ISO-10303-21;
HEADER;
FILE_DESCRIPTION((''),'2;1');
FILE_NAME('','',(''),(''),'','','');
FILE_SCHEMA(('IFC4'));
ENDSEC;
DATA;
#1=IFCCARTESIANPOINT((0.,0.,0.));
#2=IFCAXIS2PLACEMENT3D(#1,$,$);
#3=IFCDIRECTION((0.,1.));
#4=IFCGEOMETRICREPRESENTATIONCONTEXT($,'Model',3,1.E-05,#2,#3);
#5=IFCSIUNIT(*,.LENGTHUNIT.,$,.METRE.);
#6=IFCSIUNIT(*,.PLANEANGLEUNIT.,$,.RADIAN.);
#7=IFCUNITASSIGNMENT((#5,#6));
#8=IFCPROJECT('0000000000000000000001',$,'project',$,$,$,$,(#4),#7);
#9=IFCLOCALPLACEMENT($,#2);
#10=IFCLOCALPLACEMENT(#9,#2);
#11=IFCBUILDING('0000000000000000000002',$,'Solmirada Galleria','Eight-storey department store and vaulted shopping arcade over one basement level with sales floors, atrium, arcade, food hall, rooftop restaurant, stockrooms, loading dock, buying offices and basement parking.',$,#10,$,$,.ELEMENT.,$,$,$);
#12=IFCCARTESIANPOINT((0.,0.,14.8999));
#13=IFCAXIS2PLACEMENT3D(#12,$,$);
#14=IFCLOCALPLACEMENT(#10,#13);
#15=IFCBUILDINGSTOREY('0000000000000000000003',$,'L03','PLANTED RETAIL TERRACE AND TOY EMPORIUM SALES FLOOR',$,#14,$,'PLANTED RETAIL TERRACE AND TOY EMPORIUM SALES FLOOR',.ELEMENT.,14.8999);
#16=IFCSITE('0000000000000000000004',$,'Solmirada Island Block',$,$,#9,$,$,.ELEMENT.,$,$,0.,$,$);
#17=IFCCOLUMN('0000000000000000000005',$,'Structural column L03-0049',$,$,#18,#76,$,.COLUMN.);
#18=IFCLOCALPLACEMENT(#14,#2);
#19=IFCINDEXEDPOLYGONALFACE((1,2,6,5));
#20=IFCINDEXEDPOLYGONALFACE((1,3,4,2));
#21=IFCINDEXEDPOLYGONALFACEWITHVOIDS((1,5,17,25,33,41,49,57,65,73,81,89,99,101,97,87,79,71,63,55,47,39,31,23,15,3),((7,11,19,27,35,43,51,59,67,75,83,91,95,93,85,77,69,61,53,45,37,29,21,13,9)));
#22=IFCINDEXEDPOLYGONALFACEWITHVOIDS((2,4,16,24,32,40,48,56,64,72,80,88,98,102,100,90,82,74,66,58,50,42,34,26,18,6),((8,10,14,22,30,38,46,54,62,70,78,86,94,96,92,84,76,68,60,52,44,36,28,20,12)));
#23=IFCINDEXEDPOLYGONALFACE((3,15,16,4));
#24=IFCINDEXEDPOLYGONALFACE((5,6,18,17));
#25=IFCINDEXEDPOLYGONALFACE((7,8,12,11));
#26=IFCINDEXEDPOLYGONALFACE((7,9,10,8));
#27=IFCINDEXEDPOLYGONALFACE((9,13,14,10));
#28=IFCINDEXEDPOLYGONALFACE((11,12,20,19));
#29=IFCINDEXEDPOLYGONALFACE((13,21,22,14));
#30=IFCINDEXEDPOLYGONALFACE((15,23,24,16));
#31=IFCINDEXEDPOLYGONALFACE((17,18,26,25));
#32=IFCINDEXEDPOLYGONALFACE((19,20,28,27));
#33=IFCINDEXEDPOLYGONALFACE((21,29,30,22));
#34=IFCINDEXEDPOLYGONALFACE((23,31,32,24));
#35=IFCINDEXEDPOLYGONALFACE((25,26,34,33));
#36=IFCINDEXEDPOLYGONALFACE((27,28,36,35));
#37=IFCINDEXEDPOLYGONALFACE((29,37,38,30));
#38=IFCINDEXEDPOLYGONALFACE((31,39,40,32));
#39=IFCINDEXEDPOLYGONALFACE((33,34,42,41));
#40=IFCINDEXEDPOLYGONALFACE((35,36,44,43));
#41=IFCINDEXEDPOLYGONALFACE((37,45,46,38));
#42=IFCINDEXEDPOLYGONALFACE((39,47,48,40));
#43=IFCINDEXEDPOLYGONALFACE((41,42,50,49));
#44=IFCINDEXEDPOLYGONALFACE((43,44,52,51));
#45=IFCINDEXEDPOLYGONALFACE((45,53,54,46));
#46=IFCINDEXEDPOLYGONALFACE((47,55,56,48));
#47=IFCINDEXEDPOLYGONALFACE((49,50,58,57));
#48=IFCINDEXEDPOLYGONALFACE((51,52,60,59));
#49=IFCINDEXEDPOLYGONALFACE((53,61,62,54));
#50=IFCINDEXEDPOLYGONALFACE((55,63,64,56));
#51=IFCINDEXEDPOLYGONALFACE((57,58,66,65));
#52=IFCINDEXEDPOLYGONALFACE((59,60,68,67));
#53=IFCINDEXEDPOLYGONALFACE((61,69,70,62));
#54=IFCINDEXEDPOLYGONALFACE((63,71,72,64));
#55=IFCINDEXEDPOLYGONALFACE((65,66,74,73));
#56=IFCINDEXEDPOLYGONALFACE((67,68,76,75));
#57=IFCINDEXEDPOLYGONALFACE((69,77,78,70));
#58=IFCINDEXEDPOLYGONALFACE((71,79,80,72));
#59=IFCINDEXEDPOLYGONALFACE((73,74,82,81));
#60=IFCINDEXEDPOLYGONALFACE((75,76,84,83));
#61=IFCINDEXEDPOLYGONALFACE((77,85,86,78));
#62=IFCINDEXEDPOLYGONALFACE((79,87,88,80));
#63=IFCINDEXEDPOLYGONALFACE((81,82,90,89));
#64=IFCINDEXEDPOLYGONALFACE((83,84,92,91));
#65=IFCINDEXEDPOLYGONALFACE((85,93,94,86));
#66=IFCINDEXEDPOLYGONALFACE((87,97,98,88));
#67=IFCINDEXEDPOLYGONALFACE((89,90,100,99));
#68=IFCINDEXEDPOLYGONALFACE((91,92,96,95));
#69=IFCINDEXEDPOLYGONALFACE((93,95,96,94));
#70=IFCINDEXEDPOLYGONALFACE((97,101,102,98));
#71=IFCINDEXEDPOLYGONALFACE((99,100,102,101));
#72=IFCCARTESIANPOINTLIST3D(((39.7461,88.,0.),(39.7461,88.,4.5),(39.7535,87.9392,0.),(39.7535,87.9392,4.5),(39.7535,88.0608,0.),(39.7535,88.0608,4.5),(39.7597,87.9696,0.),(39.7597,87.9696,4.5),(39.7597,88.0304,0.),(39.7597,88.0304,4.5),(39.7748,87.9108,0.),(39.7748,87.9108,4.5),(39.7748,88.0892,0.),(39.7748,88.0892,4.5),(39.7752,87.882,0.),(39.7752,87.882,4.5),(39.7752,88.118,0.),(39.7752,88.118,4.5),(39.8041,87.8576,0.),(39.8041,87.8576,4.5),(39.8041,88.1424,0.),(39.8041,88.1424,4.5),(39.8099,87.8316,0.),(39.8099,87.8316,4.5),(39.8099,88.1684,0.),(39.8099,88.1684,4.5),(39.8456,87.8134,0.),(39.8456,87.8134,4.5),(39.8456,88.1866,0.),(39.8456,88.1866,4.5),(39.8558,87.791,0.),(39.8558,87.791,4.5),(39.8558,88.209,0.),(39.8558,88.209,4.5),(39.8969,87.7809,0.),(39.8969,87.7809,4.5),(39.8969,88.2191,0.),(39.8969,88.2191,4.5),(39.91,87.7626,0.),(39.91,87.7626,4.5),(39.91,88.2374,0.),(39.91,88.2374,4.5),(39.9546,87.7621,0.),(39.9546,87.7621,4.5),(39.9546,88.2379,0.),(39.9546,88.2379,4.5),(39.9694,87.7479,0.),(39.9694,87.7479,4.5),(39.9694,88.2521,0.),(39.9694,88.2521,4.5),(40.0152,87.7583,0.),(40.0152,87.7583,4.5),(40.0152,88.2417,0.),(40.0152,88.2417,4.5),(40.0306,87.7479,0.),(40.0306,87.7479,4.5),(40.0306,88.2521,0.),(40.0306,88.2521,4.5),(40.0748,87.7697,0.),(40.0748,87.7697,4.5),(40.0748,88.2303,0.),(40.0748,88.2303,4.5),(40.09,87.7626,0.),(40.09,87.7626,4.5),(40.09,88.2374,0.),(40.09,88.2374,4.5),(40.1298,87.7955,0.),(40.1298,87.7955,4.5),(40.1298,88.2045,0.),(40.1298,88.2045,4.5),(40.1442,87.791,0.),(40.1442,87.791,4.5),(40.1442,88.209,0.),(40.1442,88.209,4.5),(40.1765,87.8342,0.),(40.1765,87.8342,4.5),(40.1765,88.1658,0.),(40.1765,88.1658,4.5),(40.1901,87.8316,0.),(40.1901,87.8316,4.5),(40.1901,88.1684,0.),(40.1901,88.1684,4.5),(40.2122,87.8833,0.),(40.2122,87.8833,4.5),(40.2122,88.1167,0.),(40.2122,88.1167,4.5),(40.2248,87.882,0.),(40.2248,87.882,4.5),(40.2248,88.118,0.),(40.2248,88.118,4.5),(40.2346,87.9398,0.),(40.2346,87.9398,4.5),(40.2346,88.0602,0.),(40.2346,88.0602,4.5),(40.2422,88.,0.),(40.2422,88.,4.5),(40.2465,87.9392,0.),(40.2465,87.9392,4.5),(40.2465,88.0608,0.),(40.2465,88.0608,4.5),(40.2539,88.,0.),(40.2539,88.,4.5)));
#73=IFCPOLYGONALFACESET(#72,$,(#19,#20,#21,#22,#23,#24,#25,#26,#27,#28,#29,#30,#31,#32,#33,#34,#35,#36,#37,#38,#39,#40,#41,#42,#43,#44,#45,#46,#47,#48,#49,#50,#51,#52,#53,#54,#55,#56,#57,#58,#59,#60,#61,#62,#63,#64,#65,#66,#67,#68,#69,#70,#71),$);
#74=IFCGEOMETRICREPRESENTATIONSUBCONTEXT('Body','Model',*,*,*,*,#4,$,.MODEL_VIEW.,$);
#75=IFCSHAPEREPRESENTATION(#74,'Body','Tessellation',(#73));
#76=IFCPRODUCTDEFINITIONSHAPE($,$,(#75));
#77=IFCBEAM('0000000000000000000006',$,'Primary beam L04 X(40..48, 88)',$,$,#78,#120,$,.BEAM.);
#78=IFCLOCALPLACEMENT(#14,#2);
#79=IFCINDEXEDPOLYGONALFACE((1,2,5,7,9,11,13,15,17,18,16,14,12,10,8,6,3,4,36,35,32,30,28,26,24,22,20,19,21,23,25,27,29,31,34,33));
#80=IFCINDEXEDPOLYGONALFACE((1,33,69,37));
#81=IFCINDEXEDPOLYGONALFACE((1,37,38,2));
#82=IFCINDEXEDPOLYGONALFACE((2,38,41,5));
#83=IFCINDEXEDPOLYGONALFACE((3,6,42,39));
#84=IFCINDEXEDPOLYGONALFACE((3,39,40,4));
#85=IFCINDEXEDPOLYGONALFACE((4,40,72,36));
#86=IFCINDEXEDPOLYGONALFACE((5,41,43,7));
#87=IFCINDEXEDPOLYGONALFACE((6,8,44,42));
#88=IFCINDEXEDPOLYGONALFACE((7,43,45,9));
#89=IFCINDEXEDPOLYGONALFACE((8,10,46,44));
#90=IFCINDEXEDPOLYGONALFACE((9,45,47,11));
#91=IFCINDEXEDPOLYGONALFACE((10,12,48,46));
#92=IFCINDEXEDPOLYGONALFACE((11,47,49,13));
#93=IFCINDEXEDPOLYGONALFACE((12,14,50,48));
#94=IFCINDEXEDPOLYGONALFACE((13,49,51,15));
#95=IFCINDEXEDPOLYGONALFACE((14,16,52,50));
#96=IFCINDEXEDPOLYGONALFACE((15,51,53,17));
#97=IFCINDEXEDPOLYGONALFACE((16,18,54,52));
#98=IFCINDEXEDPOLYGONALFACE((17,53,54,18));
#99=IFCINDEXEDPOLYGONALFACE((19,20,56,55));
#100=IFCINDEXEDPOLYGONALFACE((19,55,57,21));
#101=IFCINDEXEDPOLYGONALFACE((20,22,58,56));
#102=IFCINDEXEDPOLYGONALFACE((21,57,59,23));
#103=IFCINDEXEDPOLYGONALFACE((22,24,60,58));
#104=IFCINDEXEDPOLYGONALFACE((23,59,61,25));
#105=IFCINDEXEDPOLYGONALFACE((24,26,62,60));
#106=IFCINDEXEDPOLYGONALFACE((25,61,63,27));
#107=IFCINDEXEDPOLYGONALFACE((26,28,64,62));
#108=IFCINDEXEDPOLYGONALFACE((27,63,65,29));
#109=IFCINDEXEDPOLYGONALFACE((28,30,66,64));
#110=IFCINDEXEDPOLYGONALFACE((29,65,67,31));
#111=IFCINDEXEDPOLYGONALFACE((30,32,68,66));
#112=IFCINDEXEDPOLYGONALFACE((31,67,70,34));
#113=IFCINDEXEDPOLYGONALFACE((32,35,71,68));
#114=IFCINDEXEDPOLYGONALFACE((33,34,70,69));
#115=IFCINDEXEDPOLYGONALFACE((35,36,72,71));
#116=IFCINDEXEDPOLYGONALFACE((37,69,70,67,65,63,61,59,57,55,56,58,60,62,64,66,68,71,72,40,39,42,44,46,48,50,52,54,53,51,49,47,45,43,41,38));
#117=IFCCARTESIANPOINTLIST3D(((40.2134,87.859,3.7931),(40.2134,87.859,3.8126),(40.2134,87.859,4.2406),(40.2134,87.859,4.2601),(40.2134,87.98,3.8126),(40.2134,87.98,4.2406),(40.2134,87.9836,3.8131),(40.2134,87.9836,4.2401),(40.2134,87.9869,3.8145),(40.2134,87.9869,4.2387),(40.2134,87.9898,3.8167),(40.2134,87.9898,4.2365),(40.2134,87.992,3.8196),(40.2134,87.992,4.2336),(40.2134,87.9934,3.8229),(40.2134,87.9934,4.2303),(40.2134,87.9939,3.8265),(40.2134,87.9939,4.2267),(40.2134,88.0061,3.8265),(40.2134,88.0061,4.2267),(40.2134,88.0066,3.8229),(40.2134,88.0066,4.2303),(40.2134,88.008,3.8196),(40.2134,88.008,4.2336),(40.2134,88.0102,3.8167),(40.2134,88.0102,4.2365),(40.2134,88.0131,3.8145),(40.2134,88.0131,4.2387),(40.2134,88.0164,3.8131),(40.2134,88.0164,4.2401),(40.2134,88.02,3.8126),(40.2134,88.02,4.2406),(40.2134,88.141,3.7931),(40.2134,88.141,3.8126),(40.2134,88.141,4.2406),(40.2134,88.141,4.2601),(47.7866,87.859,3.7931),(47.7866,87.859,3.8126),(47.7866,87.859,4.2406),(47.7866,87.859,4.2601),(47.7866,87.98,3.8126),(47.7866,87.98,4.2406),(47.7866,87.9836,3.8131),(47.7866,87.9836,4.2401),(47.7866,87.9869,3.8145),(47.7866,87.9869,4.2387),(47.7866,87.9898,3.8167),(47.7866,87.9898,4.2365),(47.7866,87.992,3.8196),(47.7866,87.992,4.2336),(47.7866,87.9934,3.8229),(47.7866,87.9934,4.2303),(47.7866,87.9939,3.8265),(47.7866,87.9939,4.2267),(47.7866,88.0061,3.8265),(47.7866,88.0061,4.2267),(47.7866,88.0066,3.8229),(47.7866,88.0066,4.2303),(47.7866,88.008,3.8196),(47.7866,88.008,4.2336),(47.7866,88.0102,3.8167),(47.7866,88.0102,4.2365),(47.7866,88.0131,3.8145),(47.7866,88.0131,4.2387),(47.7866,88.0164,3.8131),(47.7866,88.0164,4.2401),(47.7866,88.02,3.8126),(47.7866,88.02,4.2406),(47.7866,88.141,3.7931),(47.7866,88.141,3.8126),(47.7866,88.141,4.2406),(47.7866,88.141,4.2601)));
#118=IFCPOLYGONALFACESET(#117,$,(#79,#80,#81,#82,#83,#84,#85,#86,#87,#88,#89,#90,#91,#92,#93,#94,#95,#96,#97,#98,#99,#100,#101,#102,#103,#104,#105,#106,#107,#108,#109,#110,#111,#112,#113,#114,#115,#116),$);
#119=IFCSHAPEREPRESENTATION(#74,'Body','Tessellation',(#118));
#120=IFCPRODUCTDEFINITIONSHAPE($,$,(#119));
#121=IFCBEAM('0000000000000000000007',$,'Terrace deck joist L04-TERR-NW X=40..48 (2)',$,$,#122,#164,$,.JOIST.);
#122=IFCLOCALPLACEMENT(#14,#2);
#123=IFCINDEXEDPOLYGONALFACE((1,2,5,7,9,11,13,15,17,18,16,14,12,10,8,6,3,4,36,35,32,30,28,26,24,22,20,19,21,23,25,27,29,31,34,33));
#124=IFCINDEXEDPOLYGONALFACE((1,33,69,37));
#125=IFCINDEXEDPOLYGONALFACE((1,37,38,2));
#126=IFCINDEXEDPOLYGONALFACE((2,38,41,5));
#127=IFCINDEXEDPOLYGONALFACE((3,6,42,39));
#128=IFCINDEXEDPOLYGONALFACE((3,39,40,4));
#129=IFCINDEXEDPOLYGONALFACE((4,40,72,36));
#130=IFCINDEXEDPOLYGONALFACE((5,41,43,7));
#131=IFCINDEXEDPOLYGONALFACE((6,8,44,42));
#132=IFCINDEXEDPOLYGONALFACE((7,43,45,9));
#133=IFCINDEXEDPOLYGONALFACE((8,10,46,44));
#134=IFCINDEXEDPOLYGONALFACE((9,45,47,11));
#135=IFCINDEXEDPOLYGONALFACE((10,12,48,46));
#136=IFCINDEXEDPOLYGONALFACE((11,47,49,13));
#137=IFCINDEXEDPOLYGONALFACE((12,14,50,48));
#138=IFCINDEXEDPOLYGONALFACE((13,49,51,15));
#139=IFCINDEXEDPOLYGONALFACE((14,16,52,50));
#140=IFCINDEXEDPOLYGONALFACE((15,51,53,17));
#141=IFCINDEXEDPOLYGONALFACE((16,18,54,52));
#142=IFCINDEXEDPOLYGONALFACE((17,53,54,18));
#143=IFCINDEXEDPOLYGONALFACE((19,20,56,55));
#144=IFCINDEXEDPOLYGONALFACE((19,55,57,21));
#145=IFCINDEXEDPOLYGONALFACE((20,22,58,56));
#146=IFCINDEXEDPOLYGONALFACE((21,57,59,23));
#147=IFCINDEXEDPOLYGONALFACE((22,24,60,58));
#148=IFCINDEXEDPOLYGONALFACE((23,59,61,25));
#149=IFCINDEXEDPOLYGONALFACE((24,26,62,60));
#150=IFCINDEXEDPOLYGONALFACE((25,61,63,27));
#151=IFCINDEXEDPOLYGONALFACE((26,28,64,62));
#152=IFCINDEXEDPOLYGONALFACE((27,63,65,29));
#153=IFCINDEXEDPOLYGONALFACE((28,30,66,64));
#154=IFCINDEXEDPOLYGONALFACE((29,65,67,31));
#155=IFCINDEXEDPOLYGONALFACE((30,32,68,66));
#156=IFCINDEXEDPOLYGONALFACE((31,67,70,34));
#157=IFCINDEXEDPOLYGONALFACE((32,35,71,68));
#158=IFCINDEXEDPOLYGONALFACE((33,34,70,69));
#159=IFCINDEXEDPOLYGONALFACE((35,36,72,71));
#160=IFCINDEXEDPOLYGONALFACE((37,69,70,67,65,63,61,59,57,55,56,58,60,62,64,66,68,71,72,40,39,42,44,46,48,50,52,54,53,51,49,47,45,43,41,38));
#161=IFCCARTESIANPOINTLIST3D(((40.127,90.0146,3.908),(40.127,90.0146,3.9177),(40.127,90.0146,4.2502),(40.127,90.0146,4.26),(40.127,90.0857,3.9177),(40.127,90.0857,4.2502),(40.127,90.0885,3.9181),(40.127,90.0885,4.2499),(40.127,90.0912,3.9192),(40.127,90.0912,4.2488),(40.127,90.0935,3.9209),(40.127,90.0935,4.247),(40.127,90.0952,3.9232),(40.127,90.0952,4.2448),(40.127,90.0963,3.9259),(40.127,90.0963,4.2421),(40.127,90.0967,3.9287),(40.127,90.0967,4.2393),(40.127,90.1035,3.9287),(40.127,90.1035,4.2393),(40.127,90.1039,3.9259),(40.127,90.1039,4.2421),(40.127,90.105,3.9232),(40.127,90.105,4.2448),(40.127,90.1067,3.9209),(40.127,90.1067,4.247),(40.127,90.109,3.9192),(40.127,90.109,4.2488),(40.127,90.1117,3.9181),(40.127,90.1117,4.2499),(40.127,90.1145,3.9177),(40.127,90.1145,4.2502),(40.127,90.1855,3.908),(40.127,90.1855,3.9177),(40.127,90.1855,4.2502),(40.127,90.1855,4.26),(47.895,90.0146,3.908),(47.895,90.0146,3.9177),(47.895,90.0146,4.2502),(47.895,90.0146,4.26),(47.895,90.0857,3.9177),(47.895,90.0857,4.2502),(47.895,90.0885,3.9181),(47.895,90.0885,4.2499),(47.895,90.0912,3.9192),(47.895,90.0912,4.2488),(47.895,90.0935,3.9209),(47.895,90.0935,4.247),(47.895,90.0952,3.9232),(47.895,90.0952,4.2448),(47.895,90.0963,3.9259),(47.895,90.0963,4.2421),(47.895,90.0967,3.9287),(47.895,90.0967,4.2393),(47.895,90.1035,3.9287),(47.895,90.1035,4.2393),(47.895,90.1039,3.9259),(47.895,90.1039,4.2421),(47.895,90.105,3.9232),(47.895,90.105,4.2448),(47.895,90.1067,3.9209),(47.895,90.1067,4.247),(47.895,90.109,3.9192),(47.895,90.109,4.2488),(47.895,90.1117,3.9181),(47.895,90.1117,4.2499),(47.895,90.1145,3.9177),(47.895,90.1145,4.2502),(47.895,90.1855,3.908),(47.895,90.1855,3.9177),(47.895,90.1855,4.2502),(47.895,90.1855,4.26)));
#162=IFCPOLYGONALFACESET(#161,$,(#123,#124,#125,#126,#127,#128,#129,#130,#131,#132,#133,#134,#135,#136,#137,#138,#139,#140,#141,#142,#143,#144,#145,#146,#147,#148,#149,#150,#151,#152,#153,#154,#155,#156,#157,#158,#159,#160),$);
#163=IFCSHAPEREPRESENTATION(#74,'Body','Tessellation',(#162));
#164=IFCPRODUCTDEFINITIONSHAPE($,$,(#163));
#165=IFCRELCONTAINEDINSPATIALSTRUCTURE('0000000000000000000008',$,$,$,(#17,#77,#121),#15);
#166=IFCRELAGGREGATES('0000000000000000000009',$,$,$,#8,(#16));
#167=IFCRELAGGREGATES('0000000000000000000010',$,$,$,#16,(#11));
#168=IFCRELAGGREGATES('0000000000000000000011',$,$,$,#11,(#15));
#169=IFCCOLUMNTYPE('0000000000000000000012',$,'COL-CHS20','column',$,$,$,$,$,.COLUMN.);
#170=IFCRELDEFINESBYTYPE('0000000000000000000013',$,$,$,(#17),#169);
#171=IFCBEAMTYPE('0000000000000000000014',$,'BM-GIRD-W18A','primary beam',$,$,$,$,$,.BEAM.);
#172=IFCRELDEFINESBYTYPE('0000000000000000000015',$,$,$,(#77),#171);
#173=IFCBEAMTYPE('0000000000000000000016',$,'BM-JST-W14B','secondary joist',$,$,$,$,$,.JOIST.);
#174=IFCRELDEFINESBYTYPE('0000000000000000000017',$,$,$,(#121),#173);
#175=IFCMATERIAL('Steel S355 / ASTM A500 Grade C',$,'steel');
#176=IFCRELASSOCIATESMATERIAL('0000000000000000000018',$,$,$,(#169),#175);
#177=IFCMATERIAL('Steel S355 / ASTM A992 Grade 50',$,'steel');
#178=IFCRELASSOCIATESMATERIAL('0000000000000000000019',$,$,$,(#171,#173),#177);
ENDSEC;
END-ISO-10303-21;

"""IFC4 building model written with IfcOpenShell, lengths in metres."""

from ifc_helpers import new_model, si_unit, direction, frame, origin, origin_2d, place, context, subcontext, project, spatial, hollow_circle, i_section, extrude, material, material_profile, profile_set, type_object, element, save


model = new_model("IFC4")

# Units and contexts
model_context = context("Model", 3, precision=1e-05, world=origin(), true_north=direction((0.0, 1.0)))
body_context = subcontext(model_context, "Body", "Model", "MODEL_VIEW")
ifc_project = project(units=[si_unit("LENGTHUNIT", "METRE"), si_unit("PLANEANGLEUNIT", "RADIAN")], contexts=[model_context])

# Site, building, storey
site_placement = place(None, origin())
site = spatial("IfcSite", under=ifc_project, at=site_placement, Name="Solmirada Island Block", CompositionType="ELEMENT", RefElevation=0.0)
building_placement = place(site_placement, origin())
building = spatial("IfcBuilding", under=site, at=building_placement, Name="Solmirada Galleria", Description="Eight-storey department store and vaulted shopping arcade over one basement level with sales floors, atrium, arcade, food hall, rooftop restaurant, stockrooms, loading dock, buying offices and basement parking.", CompositionType="ELEMENT")
storey_placement = place(building_placement, frame((0.0, 0.0, 14.8999)))
storey = spatial("IfcBuildingStorey", under=building, at=storey_placement, Name="L03", Description="PLANTED RETAIL TERRACE AND TOY EMPORIUM SALES FLOOR", LongName="PLANTED RETAIL TERRACE AND TOY EMPORIUM SALES FLOOR", CompositionType="ELEMENT", Elevation=14.8999)

# Column
ifc_material_1 = material(Name="Steel S355 / ASTM A500 Grade C", Category="steel")
ifc_material_profile_1 = material_profile(ifc_material_1, hollow_circle(Radius=0.2539, WallThickness=0.0117, at=origin_2d()), Name="HSS20.000X0.500")
ifc_profile_set_1 = profile_set([ifc_material_profile_1], Name="Steel S355 / ASTM A500 Grade C")
column_type = type_object("IfcColumnType", Name="COL-CHS20", Description="column", PredefinedType="COLUMN", material=ifc_profile_set_1)
column_placement = place(storey_placement, frame((40.0, 88.0, 0.0), z_axis=(0.0, 0.0, 1.0), x_axis=(1.0, 0.0, 0.0)))
element("IfcColumn", 1, at=column_placement, inside=storey, type_object=column_type, Name="Structural column L03-0049", PredefinedType="COLUMN", context=body_context, shape_type="SweptSolid", body=[
    extrude(hollow_circle(Radius=0.2539, WallThickness=0.0117, at=origin_2d()), origin(), (0.0, 0.0, 1.0), 4.5),
])

# Beams
ifc_material_2 = material(Name="Steel S355 / ASTM A992 Grade 50", Category="steel")
ifc_material_profile_2 = material_profile(ifc_material_2, i_section(OverallWidth=0.282, OverallDepth=0.467, WebThickness=0.0122, FlangeThickness=0.0195, FilletRadius=0.0139, at=origin_2d()), Name="W18X86")
ifc_profile_set_2 = profile_set([ifc_material_profile_2], Name="Steel S355 / ASTM A992 Grade 50")
beam_type_1 = type_object("IfcBeamType", Name="BM-GIRD-W18A", Description="primary beam", PredefinedType="BEAM", material=ifc_profile_set_2)
beam_1_placement = place(storey_placement, frame((40.2134, 88.0, 4.0266), z_axis=(1.0, 0.0, 0.0), x_axis=(0.0, 1.0, 0.0)))
element("IfcBeam", 2, at=beam_1_placement, inside=storey, type_object=beam_type_1, Name="Primary beam L04 X(40..48, 88)", PredefinedType="BEAM", context=body_context, shape_type="SweptSolid", body=[
    extrude(i_section(OverallWidth=0.282, OverallDepth=0.467, WebThickness=0.0122, FlangeThickness=0.0195, FilletRadius=0.0139, at=origin_2d()), origin(), (0.0, 0.0, 1.0), 7.5732),
])
ifc_material_profile_3 = material_profile(ifc_material_2, i_section(OverallWidth=0.1709, OverallDepth=0.3521, WebThickness=0.0068, FlangeThickness=0.0098, FilletRadius=0.011, at=origin_2d()), Name="W14X30")
ifc_profile_set_3 = profile_set([ifc_material_profile_3], Name="Steel S355 / ASTM A992 Grade 50")
beam_type_2 = type_object("IfcBeamType", Name="BM-JST-W14B", Description="secondary joist", PredefinedType="JOIST", material=ifc_profile_set_3)
beam_2_placement = place(storey_placement, frame((40.127, 90.1001, 4.084), z_axis=(1.0, 0.0, 0.0), x_axis=(0.0, 1.0, 0.0)))
element("IfcBeam", 3, at=beam_2_placement, inside=storey, type_object=beam_type_2, Name="Terrace deck joist L04-TERR-NW X=40..48 (2)", PredefinedType="JOIST", context=body_context, shape_type="SweptSolid", body=[
    extrude(i_section(OverallWidth=0.1709, OverallDepth=0.3521, WebThickness=0.0068, FlangeThickness=0.0098, FilletRadius=0.011, at=origin_2d()), origin(), (0.0, 0.0, 1.0), 7.7681),
])

save(model, "model.ifc")
